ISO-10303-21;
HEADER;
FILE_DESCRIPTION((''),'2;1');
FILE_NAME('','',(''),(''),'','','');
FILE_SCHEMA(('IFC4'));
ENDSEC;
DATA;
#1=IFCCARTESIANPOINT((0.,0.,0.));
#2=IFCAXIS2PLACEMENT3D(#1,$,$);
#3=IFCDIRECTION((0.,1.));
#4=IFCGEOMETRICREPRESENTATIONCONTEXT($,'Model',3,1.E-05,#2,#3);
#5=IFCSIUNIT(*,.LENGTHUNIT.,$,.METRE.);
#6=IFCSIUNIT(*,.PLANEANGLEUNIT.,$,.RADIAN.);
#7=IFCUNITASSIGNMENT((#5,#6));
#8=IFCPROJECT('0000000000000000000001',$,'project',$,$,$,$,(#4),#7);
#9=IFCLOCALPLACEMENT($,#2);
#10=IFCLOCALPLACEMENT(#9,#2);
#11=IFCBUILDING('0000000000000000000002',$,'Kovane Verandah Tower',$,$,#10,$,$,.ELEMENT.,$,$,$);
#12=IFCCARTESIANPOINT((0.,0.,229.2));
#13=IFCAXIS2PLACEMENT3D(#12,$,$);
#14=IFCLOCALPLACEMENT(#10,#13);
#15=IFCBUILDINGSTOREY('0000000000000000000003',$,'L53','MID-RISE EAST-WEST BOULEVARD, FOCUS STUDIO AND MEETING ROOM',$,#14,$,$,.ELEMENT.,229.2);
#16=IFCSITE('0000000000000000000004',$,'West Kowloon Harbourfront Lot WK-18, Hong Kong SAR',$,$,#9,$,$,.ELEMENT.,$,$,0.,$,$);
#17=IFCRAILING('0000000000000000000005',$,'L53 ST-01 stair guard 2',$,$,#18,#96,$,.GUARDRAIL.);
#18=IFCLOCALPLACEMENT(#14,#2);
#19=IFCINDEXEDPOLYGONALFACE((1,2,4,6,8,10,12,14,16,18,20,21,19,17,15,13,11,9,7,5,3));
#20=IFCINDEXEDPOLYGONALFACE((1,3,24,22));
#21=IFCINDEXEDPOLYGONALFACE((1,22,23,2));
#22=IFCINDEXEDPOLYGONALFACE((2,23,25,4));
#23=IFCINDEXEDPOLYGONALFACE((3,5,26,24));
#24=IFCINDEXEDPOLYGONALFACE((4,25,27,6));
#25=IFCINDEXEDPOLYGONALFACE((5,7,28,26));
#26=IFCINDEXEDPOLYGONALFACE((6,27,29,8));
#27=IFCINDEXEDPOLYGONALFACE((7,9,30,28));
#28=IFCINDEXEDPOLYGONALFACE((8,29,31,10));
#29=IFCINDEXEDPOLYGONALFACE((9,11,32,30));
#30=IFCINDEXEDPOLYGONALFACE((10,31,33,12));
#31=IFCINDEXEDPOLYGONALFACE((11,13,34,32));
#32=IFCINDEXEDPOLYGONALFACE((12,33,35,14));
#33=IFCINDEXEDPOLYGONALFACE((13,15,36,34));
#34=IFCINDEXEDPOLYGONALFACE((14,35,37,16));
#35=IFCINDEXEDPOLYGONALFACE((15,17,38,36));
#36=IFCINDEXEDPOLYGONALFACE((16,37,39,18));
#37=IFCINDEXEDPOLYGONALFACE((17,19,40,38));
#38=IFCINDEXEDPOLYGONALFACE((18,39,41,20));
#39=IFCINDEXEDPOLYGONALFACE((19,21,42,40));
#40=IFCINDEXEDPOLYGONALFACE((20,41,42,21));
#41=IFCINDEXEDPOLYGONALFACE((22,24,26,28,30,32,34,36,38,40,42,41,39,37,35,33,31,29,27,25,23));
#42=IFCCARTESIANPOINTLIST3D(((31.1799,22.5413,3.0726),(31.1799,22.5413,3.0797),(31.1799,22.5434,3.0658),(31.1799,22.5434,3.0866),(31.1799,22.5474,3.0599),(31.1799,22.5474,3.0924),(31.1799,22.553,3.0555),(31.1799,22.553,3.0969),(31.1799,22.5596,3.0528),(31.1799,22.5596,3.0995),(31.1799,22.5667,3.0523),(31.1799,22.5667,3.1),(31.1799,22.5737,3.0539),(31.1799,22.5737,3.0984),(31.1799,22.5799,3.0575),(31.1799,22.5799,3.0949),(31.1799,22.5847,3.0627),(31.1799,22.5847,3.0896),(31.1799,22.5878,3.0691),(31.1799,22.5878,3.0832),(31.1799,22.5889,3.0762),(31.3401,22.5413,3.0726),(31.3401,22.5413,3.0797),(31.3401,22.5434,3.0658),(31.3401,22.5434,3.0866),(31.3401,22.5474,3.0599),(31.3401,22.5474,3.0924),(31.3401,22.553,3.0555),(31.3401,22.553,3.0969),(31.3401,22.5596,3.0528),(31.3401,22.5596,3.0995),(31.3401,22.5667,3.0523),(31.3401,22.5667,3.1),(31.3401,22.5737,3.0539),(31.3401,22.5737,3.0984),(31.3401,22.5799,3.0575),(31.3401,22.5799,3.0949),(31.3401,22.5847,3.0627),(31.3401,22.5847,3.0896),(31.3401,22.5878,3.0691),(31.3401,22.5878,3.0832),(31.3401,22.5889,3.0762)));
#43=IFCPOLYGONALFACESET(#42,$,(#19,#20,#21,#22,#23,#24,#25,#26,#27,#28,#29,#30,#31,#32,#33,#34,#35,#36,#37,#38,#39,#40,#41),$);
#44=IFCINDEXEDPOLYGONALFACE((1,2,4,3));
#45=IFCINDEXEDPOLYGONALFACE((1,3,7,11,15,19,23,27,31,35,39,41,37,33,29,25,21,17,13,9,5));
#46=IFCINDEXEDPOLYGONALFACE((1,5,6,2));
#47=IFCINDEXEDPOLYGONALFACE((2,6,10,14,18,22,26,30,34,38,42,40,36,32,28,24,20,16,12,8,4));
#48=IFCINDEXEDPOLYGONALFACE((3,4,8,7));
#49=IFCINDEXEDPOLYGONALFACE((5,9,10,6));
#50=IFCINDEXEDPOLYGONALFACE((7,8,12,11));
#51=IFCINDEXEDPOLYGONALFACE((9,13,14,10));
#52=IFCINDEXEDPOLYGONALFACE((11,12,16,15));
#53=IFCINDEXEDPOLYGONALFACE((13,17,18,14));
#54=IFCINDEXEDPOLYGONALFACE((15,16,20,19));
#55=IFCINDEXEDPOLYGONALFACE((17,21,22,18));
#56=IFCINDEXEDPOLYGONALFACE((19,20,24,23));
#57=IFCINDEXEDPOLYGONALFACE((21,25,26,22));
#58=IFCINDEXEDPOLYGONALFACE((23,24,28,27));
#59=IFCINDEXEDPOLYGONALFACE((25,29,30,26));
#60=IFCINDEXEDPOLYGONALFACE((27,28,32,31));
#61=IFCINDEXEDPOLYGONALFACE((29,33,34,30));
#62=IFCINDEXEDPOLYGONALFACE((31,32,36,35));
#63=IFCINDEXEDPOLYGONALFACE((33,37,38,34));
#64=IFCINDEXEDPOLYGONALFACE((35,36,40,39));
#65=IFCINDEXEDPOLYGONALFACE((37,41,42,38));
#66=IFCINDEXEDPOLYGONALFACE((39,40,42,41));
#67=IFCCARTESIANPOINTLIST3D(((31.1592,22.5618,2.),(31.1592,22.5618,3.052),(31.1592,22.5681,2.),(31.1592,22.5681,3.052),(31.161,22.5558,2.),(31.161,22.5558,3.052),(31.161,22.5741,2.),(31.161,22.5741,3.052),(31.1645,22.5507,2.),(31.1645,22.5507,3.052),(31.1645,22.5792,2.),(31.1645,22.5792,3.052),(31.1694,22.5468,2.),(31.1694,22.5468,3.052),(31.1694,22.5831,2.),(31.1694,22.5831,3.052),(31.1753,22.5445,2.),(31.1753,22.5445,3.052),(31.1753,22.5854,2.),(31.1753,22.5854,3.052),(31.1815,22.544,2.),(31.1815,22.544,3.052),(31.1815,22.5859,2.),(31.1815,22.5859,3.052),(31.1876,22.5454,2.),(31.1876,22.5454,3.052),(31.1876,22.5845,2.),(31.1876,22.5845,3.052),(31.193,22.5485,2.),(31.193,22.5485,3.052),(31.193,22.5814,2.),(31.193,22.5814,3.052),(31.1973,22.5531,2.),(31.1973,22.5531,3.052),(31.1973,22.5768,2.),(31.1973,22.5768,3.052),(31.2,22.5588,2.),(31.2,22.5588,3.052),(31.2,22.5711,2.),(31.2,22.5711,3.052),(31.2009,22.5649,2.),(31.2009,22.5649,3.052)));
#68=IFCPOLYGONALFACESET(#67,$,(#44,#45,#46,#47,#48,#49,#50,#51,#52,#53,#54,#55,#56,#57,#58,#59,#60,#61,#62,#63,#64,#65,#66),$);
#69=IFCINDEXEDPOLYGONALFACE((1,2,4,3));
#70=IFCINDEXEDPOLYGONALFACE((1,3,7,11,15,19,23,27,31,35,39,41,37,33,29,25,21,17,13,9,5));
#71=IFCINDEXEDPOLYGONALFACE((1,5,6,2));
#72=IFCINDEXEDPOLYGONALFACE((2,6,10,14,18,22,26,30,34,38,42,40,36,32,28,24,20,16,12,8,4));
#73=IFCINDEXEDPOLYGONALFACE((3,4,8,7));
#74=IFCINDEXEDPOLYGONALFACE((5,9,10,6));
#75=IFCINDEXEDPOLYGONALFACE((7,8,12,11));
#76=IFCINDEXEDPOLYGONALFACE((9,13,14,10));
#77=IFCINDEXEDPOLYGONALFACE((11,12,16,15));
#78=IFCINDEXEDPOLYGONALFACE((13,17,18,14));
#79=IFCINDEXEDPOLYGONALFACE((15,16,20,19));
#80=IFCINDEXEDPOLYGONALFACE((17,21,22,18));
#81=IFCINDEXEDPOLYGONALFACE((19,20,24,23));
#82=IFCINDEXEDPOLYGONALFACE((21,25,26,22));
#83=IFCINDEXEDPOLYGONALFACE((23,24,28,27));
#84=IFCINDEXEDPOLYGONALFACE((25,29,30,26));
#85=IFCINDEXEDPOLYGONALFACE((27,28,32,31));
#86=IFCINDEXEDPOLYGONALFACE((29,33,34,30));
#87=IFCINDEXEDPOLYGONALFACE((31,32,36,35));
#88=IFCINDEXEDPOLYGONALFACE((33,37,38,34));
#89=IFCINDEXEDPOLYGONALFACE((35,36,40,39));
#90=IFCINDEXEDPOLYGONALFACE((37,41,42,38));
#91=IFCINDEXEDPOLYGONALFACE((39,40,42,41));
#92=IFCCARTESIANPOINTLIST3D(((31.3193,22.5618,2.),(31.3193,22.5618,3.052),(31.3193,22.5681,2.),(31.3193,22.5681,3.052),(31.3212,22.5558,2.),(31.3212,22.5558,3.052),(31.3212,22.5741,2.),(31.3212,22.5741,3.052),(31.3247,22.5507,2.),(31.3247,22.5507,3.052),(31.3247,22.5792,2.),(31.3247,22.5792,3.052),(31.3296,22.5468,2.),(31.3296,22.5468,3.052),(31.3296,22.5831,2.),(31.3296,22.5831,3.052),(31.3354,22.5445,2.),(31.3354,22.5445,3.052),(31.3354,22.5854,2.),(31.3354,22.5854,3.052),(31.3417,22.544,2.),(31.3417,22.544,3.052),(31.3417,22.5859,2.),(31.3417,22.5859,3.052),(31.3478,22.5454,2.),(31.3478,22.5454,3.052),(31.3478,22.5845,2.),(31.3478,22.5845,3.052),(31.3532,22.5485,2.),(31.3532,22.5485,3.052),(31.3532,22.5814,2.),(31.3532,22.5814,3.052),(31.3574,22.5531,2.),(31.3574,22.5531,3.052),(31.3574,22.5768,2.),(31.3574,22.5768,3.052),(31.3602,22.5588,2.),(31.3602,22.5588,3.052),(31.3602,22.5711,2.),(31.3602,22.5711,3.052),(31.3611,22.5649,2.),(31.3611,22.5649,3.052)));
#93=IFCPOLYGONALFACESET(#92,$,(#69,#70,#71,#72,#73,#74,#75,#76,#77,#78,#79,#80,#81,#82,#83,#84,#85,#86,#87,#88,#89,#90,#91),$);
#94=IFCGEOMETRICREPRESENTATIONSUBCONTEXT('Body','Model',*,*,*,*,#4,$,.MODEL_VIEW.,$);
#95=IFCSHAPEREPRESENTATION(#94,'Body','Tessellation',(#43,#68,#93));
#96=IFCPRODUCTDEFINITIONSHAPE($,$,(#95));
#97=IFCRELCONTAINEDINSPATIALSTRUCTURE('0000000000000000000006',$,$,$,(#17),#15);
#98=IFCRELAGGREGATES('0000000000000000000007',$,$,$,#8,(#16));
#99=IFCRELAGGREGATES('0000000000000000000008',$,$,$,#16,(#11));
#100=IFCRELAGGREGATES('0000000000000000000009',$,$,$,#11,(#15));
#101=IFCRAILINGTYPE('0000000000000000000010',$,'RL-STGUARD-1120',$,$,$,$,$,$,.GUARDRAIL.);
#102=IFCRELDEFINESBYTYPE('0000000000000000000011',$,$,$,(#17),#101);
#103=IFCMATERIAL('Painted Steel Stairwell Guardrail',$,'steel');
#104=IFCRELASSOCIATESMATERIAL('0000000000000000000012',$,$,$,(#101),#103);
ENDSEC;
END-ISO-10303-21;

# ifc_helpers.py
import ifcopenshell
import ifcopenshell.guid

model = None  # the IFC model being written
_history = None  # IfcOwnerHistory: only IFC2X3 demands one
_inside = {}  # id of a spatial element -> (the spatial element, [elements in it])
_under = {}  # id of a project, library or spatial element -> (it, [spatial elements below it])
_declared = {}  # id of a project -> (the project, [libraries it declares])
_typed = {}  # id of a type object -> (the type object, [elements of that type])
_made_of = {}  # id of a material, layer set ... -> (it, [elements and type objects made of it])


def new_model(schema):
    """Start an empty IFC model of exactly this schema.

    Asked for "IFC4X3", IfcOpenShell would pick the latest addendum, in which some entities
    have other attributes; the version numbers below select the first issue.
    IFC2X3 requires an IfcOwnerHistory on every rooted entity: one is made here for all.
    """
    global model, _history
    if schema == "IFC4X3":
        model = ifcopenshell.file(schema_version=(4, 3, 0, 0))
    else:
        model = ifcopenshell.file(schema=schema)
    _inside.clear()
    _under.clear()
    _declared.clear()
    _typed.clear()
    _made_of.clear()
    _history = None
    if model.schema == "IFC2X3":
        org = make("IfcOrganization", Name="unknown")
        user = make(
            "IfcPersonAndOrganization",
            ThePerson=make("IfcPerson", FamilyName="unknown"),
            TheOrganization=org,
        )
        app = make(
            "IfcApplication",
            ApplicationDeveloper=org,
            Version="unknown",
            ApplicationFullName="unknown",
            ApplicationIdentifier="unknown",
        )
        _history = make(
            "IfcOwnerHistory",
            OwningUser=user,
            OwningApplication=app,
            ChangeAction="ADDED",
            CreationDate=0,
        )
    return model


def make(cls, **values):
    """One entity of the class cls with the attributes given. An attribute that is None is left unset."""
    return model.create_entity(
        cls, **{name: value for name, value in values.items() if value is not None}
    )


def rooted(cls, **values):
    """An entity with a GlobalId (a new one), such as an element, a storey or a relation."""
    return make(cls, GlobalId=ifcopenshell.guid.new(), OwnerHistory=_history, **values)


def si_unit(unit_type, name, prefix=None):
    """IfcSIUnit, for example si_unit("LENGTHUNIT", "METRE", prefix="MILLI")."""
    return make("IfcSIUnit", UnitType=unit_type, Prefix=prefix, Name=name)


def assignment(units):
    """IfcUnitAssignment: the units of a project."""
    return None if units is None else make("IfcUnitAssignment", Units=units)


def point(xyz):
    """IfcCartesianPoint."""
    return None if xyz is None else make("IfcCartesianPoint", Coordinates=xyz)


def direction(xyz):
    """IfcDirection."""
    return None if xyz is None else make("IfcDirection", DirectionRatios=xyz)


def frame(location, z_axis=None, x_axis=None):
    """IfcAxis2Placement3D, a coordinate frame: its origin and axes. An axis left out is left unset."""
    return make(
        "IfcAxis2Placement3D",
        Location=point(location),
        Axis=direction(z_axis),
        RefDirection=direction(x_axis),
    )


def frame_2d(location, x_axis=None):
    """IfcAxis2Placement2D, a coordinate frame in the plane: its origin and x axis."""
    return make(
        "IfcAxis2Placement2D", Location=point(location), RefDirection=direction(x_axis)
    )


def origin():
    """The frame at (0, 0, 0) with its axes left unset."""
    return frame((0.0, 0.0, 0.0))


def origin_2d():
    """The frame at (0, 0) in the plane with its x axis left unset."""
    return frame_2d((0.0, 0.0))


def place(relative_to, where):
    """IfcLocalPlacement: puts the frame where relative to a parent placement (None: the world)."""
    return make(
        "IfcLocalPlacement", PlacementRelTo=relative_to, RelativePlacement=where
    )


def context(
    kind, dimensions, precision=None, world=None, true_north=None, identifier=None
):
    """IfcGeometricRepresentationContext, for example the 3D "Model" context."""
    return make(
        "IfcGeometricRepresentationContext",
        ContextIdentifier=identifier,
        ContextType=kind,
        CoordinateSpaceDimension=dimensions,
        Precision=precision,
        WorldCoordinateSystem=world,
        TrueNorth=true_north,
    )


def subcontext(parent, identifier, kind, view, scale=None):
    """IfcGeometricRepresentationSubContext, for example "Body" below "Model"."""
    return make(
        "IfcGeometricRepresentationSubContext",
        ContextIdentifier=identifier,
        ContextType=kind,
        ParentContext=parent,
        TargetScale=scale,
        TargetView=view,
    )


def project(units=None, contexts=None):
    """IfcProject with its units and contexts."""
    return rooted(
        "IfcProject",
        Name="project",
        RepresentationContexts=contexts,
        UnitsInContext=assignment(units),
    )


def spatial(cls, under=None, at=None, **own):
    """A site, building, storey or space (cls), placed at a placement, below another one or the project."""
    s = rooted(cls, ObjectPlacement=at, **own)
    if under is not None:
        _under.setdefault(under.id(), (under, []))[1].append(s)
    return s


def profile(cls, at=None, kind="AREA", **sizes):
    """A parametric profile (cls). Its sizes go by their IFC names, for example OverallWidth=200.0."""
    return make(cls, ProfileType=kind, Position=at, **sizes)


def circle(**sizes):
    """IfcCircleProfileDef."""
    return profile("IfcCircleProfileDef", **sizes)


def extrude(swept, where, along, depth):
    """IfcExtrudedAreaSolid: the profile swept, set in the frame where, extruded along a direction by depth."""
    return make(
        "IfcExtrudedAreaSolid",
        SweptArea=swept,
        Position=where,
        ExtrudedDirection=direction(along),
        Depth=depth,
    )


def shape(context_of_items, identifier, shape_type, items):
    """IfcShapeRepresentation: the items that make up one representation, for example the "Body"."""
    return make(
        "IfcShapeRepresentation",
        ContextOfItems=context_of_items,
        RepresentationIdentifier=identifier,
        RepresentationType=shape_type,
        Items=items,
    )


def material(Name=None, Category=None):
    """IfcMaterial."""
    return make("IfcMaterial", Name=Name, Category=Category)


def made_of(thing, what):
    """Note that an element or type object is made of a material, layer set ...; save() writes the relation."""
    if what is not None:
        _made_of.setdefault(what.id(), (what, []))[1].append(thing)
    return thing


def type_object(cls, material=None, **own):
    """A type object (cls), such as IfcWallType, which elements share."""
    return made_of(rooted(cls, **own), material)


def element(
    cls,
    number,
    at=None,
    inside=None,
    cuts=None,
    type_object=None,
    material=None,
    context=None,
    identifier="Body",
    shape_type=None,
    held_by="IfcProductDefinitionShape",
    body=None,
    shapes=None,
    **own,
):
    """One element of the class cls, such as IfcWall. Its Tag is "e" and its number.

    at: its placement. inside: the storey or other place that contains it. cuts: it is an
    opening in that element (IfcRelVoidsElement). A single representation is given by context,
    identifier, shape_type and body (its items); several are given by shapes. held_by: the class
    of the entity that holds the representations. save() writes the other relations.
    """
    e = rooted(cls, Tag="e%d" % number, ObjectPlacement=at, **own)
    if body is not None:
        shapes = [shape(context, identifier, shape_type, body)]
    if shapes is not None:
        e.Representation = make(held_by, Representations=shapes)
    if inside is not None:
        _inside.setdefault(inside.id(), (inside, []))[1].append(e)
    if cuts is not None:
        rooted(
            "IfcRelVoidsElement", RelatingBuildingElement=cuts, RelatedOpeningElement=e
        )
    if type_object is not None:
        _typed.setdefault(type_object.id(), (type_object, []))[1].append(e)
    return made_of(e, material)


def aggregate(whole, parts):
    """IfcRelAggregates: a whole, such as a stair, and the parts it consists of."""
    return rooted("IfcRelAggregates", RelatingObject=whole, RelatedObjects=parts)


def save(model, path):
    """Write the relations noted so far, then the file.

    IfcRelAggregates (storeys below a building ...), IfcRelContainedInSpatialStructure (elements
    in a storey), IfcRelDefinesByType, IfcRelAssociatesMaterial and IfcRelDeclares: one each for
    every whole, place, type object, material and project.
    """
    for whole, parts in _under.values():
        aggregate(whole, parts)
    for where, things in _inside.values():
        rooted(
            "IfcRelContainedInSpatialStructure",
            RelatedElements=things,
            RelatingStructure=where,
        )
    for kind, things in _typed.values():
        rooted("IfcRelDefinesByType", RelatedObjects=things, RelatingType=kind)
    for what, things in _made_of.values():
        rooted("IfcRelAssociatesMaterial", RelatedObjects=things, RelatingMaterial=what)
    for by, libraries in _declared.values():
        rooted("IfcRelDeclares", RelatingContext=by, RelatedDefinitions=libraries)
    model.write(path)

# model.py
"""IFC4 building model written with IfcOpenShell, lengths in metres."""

from ifc_helpers import new_model, si_unit, direction, frame, origin, origin_2d, place, context, subcontext, project, spatial, circle, extrude, material, type_object, element, save


model = new_model("IFC4")

# Units and contexts
model_context = context("Model", 3, precision=1e-05, world=origin(), true_north=direction((0.0, 1.0)))
body_context = subcontext(model_context, "Body", "Model", "MODEL_VIEW")
ifc_project = project(units=[si_unit("LENGTHUNIT", "METRE"), si_unit("PLANEANGLEUNIT", "RADIAN")], contexts=[model_context])

# Site, building, storey
site_placement = place(None, origin())
site = spatial("IfcSite", under=ifc_project, at=site_placement, Name="West Kowloon Harbourfront Lot WK-18, Hong Kong SAR", CompositionType="ELEMENT", RefElevation=0.0)
building_placement = place(site_placement, origin())
building = spatial("IfcBuilding", under=site, at=building_placement, Name="Kovane Verandah Tower", CompositionType="ELEMENT")
storey_placement = place(building_placement, frame((0.0, 0.0, 229.2)))
storey = spatial("IfcBuildingStorey", under=building, at=storey_placement, Name="L53", Description="MID-RISE EAST-WEST BOULEVARD, FOCUS STUDIO AND MEETING ROOM", CompositionType="ELEMENT", Elevation=229.2)

# Railing
ifc_material_1 = material(Name="Painted Steel Stairwell Guardrail", Category="steel")
railing_type_1 = type_object("IfcRailingType", Name="RL-STGUARD-1120", PredefinedType="GUARDRAIL", material=ifc_material_1)
railing_1_placement = place(storey_placement, frame((31.1799, 22.5649, 2.0)))
element("IfcRailing", 1, at=railing_1_placement, inside=storey, type_object=railing_type_1, Name="L53 ST-01 stair guard 2", PredefinedType="GUARDRAIL", context=body_context, shape_type="SweptSolid", body=[
    extrude(circle(Radius=0.0239, at=origin_2d()), frame((0.0, 0.0, 1.0762), z_axis=(1.0, 0.0, 0.0), x_axis=(0.0, 1.0, 0.0)), (0.0, 0.0, 1.0), 0.1602),
    extrude(circle(Radius=0.021, at=origin_2d()), origin(), (0.0, 0.0, 1.0), 1.052),
    extrude(circle(Radius=0.021, at=origin_2d()), frame((0.1602, 0.0, 0.0)), (0.0, 0.0, 1.0), 1.052),
])

save(model, "model.ifc")
